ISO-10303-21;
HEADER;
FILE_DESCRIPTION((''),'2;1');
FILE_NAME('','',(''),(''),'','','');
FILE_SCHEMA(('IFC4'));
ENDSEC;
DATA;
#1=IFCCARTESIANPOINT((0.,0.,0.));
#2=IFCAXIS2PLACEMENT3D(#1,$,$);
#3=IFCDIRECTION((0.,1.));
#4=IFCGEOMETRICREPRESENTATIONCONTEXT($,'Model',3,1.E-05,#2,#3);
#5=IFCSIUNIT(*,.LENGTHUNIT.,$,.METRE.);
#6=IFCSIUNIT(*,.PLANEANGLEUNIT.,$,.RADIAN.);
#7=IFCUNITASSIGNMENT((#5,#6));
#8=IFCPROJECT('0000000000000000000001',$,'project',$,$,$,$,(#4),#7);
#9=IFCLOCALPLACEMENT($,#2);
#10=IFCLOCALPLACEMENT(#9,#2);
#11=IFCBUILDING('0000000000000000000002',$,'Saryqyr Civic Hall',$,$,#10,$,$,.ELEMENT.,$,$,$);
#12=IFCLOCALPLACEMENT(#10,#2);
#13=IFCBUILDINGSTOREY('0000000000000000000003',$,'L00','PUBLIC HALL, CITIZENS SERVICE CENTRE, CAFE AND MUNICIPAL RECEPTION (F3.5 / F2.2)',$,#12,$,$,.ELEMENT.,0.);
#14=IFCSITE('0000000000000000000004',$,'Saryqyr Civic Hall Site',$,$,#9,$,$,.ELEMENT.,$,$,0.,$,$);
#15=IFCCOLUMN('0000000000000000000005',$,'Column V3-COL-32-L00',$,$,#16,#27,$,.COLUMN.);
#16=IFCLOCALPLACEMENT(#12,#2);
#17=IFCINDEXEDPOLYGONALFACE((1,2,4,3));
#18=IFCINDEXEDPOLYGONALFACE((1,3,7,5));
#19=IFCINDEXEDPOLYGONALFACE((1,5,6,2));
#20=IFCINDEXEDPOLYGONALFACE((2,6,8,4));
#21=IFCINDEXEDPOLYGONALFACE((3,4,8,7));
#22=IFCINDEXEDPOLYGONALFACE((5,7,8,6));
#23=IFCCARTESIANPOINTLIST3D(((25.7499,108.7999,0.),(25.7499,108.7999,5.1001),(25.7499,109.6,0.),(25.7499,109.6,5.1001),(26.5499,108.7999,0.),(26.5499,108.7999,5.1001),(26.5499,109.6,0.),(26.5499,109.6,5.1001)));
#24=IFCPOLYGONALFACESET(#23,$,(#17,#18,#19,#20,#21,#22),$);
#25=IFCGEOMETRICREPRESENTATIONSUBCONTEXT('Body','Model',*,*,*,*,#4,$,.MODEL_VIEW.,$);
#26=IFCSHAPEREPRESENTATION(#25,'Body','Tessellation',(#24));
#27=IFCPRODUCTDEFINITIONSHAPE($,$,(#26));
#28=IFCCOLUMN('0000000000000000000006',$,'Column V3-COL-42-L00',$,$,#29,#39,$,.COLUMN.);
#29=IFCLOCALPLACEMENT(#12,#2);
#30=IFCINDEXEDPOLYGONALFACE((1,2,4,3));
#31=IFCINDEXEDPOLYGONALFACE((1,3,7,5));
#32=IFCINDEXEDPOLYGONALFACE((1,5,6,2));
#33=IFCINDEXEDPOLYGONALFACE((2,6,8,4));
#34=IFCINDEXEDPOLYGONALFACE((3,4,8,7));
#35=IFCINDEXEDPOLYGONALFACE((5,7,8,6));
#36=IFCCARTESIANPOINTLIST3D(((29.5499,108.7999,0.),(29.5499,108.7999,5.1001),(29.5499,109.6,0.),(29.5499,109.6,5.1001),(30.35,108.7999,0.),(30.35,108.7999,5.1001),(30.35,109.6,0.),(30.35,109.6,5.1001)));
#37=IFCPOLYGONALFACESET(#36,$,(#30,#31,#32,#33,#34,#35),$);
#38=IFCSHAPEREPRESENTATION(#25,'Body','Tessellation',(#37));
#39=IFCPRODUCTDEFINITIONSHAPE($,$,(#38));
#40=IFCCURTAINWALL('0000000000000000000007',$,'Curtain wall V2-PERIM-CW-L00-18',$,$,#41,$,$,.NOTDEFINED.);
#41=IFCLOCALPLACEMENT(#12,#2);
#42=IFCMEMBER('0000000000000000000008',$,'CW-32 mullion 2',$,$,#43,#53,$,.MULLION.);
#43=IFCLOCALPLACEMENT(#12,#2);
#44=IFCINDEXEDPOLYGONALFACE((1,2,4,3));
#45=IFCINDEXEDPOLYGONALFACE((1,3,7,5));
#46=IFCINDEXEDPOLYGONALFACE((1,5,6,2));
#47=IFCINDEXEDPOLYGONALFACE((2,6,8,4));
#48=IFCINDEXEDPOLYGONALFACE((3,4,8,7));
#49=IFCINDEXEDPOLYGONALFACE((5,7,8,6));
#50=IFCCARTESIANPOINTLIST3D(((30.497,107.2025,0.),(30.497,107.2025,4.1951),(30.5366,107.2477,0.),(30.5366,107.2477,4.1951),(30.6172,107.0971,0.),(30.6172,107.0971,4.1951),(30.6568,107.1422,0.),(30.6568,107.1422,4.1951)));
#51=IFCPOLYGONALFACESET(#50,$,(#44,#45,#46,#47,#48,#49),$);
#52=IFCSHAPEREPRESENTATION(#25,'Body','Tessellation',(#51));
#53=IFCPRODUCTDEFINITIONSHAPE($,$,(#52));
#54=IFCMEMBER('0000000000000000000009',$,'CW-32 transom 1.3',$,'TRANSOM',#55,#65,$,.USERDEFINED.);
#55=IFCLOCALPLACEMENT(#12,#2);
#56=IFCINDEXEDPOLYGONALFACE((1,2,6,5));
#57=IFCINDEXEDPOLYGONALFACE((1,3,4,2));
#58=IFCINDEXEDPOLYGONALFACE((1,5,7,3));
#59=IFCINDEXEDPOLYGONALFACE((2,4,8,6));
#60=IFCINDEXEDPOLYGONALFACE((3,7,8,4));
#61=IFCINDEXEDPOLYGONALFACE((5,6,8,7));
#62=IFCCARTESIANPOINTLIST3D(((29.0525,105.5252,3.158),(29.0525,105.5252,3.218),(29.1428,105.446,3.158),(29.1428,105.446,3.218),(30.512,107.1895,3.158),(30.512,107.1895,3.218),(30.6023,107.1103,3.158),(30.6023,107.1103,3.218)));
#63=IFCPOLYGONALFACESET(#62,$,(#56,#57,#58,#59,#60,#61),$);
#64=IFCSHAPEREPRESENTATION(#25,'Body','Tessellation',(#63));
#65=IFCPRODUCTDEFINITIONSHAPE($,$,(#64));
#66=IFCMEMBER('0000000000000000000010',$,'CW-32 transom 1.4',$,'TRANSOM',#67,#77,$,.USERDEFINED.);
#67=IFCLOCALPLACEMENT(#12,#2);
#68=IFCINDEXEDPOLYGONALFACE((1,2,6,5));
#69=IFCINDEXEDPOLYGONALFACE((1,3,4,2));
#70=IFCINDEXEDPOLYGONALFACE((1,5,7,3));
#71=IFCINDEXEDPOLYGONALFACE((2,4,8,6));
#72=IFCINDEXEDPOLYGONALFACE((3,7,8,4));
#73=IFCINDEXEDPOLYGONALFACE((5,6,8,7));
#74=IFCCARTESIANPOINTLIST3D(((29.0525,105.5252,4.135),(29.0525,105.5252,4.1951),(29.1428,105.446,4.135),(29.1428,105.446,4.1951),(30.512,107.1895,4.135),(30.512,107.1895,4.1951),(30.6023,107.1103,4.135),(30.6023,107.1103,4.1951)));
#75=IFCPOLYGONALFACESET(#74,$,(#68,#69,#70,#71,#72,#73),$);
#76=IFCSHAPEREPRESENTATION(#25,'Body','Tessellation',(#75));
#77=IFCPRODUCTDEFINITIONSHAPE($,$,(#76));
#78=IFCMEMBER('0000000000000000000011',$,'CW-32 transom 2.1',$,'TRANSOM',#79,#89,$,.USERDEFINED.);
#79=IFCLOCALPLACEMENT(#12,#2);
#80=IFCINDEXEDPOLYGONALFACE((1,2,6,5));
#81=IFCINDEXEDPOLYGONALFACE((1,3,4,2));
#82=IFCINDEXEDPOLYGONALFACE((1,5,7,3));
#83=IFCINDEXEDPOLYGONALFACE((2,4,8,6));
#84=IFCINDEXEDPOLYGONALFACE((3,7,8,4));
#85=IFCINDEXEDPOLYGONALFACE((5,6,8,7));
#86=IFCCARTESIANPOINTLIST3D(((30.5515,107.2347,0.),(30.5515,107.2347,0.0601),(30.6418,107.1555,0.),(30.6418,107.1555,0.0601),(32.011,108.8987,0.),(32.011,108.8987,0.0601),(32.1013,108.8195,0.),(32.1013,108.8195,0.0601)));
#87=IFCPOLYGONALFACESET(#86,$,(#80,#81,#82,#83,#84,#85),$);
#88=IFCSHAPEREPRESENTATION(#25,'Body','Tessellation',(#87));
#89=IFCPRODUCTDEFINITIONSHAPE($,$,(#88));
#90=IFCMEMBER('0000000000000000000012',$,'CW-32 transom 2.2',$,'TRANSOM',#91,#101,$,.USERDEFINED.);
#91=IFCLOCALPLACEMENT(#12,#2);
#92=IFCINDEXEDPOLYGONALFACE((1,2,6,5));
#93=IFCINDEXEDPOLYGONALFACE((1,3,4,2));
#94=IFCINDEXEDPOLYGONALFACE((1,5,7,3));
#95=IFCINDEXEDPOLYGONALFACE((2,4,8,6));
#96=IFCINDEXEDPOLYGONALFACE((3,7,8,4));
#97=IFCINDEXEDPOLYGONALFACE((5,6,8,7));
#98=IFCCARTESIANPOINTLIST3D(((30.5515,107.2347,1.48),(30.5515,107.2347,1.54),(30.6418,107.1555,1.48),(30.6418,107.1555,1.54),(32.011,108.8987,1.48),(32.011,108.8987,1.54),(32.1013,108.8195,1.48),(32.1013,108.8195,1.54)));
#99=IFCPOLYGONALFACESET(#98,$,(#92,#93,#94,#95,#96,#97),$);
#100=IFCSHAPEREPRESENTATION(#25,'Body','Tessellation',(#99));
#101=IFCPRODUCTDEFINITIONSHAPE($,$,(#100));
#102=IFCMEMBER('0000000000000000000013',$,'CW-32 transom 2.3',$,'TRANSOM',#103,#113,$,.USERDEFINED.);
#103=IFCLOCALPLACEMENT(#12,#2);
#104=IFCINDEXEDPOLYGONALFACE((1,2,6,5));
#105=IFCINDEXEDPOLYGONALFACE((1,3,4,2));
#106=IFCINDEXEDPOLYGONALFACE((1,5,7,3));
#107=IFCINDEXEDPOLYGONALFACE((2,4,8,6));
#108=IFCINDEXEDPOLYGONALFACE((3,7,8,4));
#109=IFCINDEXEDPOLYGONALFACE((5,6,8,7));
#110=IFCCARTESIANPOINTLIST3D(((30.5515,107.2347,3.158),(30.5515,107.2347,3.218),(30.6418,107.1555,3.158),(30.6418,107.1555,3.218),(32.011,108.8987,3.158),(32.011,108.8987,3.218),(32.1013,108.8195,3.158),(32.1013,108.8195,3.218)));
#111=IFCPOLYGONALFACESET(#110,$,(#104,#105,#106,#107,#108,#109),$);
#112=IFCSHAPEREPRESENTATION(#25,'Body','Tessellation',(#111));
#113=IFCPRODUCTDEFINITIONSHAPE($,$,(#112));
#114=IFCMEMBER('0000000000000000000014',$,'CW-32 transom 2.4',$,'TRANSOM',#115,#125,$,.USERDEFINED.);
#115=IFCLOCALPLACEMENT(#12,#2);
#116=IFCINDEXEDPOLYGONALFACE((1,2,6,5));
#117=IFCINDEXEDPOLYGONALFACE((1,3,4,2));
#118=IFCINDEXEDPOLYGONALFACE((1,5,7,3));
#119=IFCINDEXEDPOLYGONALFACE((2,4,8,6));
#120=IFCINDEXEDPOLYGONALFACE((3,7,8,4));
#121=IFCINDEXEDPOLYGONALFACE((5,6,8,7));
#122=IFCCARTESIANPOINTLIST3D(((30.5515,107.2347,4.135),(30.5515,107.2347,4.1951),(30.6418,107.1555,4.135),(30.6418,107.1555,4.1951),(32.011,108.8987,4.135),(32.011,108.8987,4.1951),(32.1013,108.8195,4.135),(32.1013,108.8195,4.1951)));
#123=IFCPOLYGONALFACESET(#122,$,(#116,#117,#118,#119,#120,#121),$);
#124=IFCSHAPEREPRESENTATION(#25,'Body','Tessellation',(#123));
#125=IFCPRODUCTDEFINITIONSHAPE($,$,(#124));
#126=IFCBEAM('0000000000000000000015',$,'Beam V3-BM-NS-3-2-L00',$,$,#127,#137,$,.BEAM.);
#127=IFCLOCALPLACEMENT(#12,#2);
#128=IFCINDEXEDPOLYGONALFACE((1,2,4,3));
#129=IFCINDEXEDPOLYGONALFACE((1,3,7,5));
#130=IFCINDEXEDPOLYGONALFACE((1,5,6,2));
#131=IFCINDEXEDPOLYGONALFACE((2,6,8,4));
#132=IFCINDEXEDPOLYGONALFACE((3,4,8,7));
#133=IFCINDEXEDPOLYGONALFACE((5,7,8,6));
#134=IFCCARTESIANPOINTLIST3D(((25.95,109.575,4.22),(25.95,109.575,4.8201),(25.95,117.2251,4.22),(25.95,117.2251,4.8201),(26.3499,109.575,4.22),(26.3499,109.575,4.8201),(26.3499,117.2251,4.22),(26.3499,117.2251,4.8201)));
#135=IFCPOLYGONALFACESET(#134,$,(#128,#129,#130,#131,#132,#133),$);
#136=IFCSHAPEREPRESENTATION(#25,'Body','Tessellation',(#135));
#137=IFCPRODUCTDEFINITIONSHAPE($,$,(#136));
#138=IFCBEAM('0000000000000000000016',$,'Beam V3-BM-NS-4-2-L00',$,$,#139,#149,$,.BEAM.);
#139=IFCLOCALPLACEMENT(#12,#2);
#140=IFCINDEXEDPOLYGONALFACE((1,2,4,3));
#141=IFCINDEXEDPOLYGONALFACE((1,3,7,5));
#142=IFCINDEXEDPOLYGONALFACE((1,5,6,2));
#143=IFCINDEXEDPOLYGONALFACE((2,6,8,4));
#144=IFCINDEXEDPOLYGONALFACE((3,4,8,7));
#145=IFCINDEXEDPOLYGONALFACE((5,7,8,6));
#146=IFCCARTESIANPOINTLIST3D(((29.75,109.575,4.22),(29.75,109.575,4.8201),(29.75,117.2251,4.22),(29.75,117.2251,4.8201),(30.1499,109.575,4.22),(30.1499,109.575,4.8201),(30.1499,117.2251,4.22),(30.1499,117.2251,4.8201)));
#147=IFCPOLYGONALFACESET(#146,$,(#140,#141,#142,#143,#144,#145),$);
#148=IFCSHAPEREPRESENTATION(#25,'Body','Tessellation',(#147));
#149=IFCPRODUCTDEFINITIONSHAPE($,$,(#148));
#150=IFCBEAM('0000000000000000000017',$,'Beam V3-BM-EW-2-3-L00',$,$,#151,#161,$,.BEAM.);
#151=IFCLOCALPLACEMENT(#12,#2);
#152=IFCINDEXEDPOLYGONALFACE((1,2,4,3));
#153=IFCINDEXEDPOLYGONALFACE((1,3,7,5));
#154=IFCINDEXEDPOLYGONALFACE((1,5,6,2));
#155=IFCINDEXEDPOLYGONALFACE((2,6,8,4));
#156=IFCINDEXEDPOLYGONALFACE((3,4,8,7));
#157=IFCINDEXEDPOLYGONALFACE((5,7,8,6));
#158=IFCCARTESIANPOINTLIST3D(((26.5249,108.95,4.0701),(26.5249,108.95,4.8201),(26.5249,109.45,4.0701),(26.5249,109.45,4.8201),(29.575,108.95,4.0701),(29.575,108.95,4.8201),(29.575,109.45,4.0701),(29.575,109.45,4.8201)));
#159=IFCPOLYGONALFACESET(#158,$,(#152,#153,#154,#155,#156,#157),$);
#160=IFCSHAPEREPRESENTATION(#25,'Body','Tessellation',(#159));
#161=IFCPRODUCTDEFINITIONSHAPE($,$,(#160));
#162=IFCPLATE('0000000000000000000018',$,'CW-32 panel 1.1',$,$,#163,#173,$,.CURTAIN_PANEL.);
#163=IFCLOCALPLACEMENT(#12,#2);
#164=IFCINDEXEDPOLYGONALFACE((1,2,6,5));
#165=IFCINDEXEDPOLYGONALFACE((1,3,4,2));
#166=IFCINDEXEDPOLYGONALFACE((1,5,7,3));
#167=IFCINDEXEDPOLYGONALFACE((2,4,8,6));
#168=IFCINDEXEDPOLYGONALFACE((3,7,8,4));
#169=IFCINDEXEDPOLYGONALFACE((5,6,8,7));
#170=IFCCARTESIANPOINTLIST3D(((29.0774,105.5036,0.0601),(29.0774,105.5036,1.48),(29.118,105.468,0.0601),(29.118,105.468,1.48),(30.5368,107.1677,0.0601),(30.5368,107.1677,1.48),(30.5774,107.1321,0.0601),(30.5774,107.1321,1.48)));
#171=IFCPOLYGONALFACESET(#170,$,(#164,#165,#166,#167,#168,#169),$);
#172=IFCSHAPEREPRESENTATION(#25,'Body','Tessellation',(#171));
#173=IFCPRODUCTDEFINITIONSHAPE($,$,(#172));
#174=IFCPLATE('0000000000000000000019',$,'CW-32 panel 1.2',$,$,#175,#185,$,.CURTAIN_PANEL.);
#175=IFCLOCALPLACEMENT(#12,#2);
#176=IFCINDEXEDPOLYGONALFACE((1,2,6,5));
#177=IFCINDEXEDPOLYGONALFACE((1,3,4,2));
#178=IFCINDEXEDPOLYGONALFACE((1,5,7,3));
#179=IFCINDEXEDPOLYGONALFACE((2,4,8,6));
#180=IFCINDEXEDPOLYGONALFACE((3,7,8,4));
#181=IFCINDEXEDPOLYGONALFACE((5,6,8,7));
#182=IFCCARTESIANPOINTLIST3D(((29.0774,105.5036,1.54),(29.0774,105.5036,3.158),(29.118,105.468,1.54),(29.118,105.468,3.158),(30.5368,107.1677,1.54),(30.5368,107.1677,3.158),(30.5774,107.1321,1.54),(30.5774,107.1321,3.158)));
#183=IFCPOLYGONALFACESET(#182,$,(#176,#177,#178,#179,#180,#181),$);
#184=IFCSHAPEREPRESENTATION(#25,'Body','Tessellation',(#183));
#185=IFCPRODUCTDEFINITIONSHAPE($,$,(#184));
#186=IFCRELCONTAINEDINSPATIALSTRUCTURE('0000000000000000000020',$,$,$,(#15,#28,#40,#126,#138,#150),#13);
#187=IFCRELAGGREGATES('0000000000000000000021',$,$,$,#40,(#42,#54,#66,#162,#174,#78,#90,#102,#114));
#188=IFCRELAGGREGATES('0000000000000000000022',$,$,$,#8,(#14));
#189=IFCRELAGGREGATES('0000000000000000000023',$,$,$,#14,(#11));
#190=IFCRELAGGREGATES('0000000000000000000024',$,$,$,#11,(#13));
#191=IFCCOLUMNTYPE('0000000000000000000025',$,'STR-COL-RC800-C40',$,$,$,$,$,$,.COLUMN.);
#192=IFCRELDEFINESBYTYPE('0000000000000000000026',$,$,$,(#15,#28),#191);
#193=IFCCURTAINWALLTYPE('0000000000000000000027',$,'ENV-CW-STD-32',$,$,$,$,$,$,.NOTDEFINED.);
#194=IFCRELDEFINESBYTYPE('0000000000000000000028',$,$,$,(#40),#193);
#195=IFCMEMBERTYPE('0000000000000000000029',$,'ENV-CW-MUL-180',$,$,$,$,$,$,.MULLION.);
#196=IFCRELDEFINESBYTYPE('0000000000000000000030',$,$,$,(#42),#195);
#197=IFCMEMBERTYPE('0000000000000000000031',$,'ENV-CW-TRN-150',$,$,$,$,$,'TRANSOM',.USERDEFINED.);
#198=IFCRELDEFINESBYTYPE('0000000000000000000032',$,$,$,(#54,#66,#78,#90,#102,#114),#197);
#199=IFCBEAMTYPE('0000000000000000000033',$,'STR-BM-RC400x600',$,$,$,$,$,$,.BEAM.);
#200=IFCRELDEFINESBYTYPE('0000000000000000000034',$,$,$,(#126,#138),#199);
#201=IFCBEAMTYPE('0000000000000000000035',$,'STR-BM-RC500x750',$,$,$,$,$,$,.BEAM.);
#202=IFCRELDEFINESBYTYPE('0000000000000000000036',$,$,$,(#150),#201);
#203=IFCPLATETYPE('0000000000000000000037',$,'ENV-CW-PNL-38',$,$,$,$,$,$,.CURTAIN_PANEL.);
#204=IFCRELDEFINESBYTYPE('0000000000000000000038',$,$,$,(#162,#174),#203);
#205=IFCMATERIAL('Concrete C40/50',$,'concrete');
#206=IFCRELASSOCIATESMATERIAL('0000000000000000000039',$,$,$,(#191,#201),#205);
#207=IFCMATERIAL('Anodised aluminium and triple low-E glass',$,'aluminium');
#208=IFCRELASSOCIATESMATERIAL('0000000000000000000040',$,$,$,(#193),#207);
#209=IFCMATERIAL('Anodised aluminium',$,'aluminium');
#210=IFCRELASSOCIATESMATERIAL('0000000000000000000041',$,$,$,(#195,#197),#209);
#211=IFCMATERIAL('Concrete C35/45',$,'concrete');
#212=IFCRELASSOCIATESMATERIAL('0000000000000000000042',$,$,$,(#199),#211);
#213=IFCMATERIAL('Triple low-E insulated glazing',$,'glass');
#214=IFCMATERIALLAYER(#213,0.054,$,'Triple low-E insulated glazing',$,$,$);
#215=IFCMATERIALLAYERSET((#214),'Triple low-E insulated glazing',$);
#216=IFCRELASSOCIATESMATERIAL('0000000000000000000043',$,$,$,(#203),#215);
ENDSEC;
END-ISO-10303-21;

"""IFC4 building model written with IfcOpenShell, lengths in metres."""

from ifc_helpers import new_model, si_unit, direction, frame, origin, origin_2d, place, context, subcontext, project, spatial, rectangle, extrude, material, layer, layer_set, material_profile, profile_set, type_object, element, aggregate, save


model = new_model("IFC4")

# Units and contexts
model_context = context("Model", 3, precision=1e-05, world=origin(), true_north=direction((0.0, 1.0)))
body_context = subcontext(model_context, "Body", "Model", "MODEL_VIEW")
ifc_project = project(units=[si_unit("LENGTHUNIT", "METRE"), si_unit("PLANEANGLEUNIT", "RADIAN")], contexts=[model_context])

# Site, building, storey
site_placement = place(None, origin())
site = spatial("IfcSite", under=ifc_project, at=site_placement, Name="Saryqyr Civic Hall Site", CompositionType="ELEMENT", RefElevation=0.0)
building_placement = place(site_placement, origin())
building = spatial("IfcBuilding", under=site, at=building_placement, Name="Saryqyr Civic Hall", CompositionType="ELEMENT")
storey_placement = place(building_placement, origin())
storey = spatial("IfcBuildingStorey", under=building, at=storey_placement, Name="L00", Description="PUBLIC HALL, CITIZENS SERVICE CENTRE, CAFE AND MUNICIPAL RECEPTION (F3.5 / F2.2)", CompositionType="ELEMENT", Elevation=0.0)

# Columns
ifc_material_1 = material(Name="Concrete C40/50", Category="concrete")
ifc_material_profile_1 = material_profile(ifc_material_1, rectangle(XDim=0.8, YDim=0.8, at=origin_2d()), Name="RC 800x800")
ifc_profile_set_1 = profile_set([ifc_material_profile_1], Name="Concrete C40/50")
column_type = type_object("IfcColumnType", Name="STR-COL-RC800-C40", PredefinedType="COLUMN", material=ifc_profile_set_1)
for number, where, z_axis, x_axis, name in (
    (1, (26.1499, 109.2, 0.0), (0.0, 0.0, 1.0), (1.0, 0.0, 0.0), "Column V3-COL-32-L00"),
    (2, (29.95, 109.2, 0.0), (0.0, 0.0, 1.0), (1.0, 0.0, 0.0), "Column V3-COL-42-L00"),
):
    element("IfcColumn", number, at=place(storey_placement, frame(where, z_axis=z_axis, x_axis=x_axis)), inside=storey, type_object=column_type, Name=name, PredefinedType="COLUMN", context=body_context, shape_type="SweptSolid", body=[
        extrude(rectangle(XDim=0.8, YDim=0.8, at=origin_2d()), origin(), (0.0, 0.0, 1.0), 5.1001),
    ])

# Curtain wall, members
ifc_material_2 = material(Name="Anodised aluminium and triple low-E glass", Category="aluminium")
curtain_wall_type = type_object("IfcCurtainWallType", Name="ENV-CW-STD-32", PredefinedType="NOTDEFINED", material=ifc_material_2)
curtain_wall_placement = place(storey_placement, origin())
curtain_wall = element("IfcCurtainWall", 3, at=curtain_wall_placement, inside=storey, type_object=curtain_wall_type, Name="Curtain wall V2-PERIM-CW-L00-18", PredefinedType="NOTDEFINED")
ifc_material_3 = material(Name="Anodised aluminium", Category="aluminium")
ifc_material_profile_2 = material_profile(ifc_material_3, rectangle(XDim=0.0601, YDim=0.1599, at=origin_2d()), Name="ALU MULLION 60x160")
ifc_profile_set_2 = profile_set([ifc_material_profile_2], Name="Anodised aluminium")
member_type_1 = type_object("IfcMemberType", Name="ENV-CW-MUL-180", PredefinedType="MULLION", material=ifc_profile_set_2)
member_1_placement = place(storey_placement, frame((30.5769, 107.1724, 0.0), z_axis=(0.0, 0.0, 1.0), x_axis=(0.659348, 0.751838, 0.0)))
member_1 = element("IfcMember", 4, at=member_1_placement, type_object=member_type_1, Name="CW-32 mullion 2", PredefinedType="MULLION", context=body_context, shape_type="SweptSolid", body=[
    extrude(rectangle(XDim=0.0601, YDim=0.1599, at=origin_2d()), origin(), (0.0, 0.0, 1.0), 4.1951),
])
ifc_material_profile_3 = material_profile(ifc_material_3, rectangle(XDim=0.1201, YDim=0.0601, at=origin_2d()), Name="ALU TRANSOM 120x60")
ifc_profile_set_3 = profile_set([ifc_material_profile_3], Name="Anodised aluminium")
member_type_2 = type_object("IfcMemberType", Name="ENV-CW-TRN-150", ElementType="TRANSOM", PredefinedType="USERDEFINED", material=ifc_profile_set_3)
member_2_placement = place(storey_placement, frame((29.0977, 105.4856, 3.188), z_axis=(0.659324, 0.751859, 0.0), x_axis=(-0.751859, 0.659324, 0.0)))
member_2 = element("IfcMember", 5, at=member_2_placement, type_object=member_type_2, Name="CW-32 transom 1.3", ObjectType="TRANSOM", PredefinedType="USERDEFINED", context=body_context, shape_type="SweptSolid", body=[
    extrude(rectangle(XDim=0.1201, YDim=0.0601, at=origin_2d()), origin(), (0.0, 0.0, 1.0), 2.2136),
])
member_3_placement = place(storey_placement, frame((29.0977, 105.4856, 4.165), z_axis=(0.659324, 0.751859, 0.0), x_axis=(-0.751859, 0.659324, 0.0)))
member_3 = element("IfcMember", 6, at=member_3_placement, type_object=member_type_2, Name="CW-32 transom 1.4", ObjectType="TRANSOM", PredefinedType="USERDEFINED", context=body_context, shape_type="SweptSolid", body=[
    extrude(rectangle(XDim=0.1201, YDim=0.0601, at=origin_2d()), origin(), (0.0, 0.0, 1.0), 2.2136),
])
member_4_placement = place(storey_placement, frame((30.5967, 107.1951, 0.03), z_axis=(0.659379, 0.751811, 0.0), x_axis=(-0.751811, 0.659379, 0.0)))
member_4 = element("IfcMember", 7, at=member_4_placement, type_object=member_type_2, Name="CW-32 transom 2.1", ObjectType="TRANSOM", PredefinedType="USERDEFINED", context=body_context, shape_type="SweptSolid", body=[
    extrude(rectangle(XDim=0.1201, YDim=0.0601, at=origin_2d()), origin(), (0.0, 0.0, 1.0), 2.2134),
])
member_5_placement = place(storey_placement, frame((30.5967, 107.1951, 1.51), z_axis=(0.659379, 0.751811, 0.0), x_axis=(-0.751811, 0.659379, 0.0)))
member_5 = element("IfcMember", 8, at=member_5_placement, type_object=member_type_2, Name="CW-32 transom 2.2", ObjectType="TRANSOM", PredefinedType="USERDEFINED", context=body_context, shape_type="SweptSolid", body=[
    extrude(rectangle(XDim=0.1201, YDim=0.0601, at=origin_2d()), origin(), (0.0, 0.0, 1.0), 2.2134),
])
member_6_placement = place(storey_placement, frame((30.5967, 107.1951, 3.188), z_axis=(0.659379, 0.751811, 0.0), x_axis=(-0.751811, 0.659379, 0.0)))
member_6 = element("IfcMember", 9, at=member_6_placement, type_object=member_type_2, Name="CW-32 transom 2.3", ObjectType="TRANSOM", PredefinedType="USERDEFINED", context=body_context, shape_type="SweptSolid", body=[
    extrude(rectangle(XDim=0.1201, YDim=0.0601, at=origin_2d()), origin(), (0.0, 0.0, 1.0), 2.2134),
])
member_7_placement = place(storey_placement, frame((30.5967, 107.1951, 4.165), z_axis=(0.659379, 0.751811, 0.0), x_axis=(-0.751811, 0.659379, 0.0)))
member_7 = element("IfcMember", 10, at=member_7_placement, type_object=member_type_2, Name="CW-32 transom 2.4", ObjectType="TRANSOM", PredefinedType="USERDEFINED", context=body_context, shape_type="SweptSolid", body=[
    extrude(rectangle(XDim=0.1201, YDim=0.0601, at=origin_2d()), origin(), (0.0, 0.0, 1.0), 2.2134),
])

# Beams
ifc_material_4 = material(Name="Concrete C35/45", Category="concrete")
ifc_material_profile_4 = material_profile(ifc_material_4, rectangle(XDim=0.3999, YDim=0.6001, at=origin_2d()), Name="RC 400x600")
ifc_profile_set_4 = profile_set([ifc_material_profile_4], Name="Concrete C35/45")
beam_type_1 = type_object("IfcBeamType", Name="STR-BM-RC400x600", PredefinedType="BEAM", material=ifc_profile_set_4)
for number, where, z_axis, x_axis, name in (
    (11, (26.1499, 109.575, 4.52), (0.0, 1.0, 0.0), (-1.0, 0.0, 0.0), "Beam V3-BM-NS-3-2-L00"),
    (12, (29.95, 109.575, 4.52), (0.0, 1.0, 0.0), (-1.0, 0.0, 0.0), "Beam V3-BM-NS-4-2-L00"),
):
    element("IfcBeam", number, at=place(storey_placement, frame(where, z_axis=z_axis, x_axis=x_axis)), inside=storey, type_object=beam_type_1, Name=name, PredefinedType="BEAM", context=body_context, shape_type="SweptSolid", body=[
        extrude(rectangle(XDim=0.3999, YDim=0.6001, at=origin_2d()), origin(), (0.0, 0.0, 1.0), 7.6501),
    ])
ifc_material_profile_5 = material_profile(ifc_material_1, rectangle(XDim=0.5, YDim=0.75, at=origin_2d()), Name="RC 500x750")
ifc_profile_set_5 = profile_set([ifc_material_profile_5], Name="Concrete C40/50")
beam_type_2 = type_object("IfcBeamType", Name="STR-BM-RC500x750", PredefinedType="BEAM", material=ifc_profile_set_5)
beam_placement = place(storey_placement, frame((26.5249, 109.2, 4.4451), z_axis=(1.0, 0.0, 0.0), x_axis=(0.0, 1.0, 0.0)))
element("IfcBeam", 13, at=beam_placement, inside=storey, type_object=beam_type_2, Name="Beam V3-BM-EW-2-3-L00", PredefinedType="BEAM", context=body_context, shape_type="SweptSolid", body=[
    extrude(rectangle(XDim=0.5, YDim=0.75, at=origin_2d()), origin(), (0.0, 0.0, 1.0), 3.05),
])

# Plates
ifc_material_5 = material(Name="Triple low-E insulated glazing", Category="glass")
ifc_layer_1 = layer(ifc_material_5, 0.054, Name="Triple low-E insulated glazing")
ifc_layer_set_1 = layer_set([ifc_layer_1], Name="Triple low-E insulated glazing")
plate_type = type_object("IfcPlateType", Name="ENV-CW-PNL-38", PredefinedType="CURTAIN_PANEL", material=ifc_layer_set_1)
plate_1_placement = place(storey_placement, frame((29.8274, 106.3179, 0.0601), z_axis=(0.0, 0.0, 1.0), x_axis=(0.659348, 0.751838, 0.0)))
plate_1 = element("IfcPlate", 14, at=plate_1_placement, type_object=plate_type, Name="CW-32 panel 1.1", PredefinedType="CURTAIN_PANEL", context=body_context, shape_type="SweptSolid", body=[
    extrude(rectangle(XDim=2.2134, YDim=0.054, at=origin_2d()), origin(), (0.0, 0.0, 1.0), 1.4199),
])
plate_2_placement = place(storey_placement, frame((29.8274, 106.3179, 1.54), z_axis=(0.0, 0.0, 1.0), x_axis=(0.659348, 0.751838, 0.0)))
plate_2 = element("IfcPlate", 15, at=plate_2_placement, type_object=plate_type, Name="CW-32 panel 1.2", PredefinedType="CURTAIN_PANEL", context=body_context, shape_type="SweptSolid", body=[
    extrude(rectangle(XDim=2.2134, YDim=0.054, at=origin_2d()), origin(), (0.0, 0.0, 1.0), 1.6179),
])
aggregate(curtain_wall, [member_1, member_2, member_3, plate_1, plate_2, member_4, member_5, member_6, member_7])

save(model, "model.ifc")
